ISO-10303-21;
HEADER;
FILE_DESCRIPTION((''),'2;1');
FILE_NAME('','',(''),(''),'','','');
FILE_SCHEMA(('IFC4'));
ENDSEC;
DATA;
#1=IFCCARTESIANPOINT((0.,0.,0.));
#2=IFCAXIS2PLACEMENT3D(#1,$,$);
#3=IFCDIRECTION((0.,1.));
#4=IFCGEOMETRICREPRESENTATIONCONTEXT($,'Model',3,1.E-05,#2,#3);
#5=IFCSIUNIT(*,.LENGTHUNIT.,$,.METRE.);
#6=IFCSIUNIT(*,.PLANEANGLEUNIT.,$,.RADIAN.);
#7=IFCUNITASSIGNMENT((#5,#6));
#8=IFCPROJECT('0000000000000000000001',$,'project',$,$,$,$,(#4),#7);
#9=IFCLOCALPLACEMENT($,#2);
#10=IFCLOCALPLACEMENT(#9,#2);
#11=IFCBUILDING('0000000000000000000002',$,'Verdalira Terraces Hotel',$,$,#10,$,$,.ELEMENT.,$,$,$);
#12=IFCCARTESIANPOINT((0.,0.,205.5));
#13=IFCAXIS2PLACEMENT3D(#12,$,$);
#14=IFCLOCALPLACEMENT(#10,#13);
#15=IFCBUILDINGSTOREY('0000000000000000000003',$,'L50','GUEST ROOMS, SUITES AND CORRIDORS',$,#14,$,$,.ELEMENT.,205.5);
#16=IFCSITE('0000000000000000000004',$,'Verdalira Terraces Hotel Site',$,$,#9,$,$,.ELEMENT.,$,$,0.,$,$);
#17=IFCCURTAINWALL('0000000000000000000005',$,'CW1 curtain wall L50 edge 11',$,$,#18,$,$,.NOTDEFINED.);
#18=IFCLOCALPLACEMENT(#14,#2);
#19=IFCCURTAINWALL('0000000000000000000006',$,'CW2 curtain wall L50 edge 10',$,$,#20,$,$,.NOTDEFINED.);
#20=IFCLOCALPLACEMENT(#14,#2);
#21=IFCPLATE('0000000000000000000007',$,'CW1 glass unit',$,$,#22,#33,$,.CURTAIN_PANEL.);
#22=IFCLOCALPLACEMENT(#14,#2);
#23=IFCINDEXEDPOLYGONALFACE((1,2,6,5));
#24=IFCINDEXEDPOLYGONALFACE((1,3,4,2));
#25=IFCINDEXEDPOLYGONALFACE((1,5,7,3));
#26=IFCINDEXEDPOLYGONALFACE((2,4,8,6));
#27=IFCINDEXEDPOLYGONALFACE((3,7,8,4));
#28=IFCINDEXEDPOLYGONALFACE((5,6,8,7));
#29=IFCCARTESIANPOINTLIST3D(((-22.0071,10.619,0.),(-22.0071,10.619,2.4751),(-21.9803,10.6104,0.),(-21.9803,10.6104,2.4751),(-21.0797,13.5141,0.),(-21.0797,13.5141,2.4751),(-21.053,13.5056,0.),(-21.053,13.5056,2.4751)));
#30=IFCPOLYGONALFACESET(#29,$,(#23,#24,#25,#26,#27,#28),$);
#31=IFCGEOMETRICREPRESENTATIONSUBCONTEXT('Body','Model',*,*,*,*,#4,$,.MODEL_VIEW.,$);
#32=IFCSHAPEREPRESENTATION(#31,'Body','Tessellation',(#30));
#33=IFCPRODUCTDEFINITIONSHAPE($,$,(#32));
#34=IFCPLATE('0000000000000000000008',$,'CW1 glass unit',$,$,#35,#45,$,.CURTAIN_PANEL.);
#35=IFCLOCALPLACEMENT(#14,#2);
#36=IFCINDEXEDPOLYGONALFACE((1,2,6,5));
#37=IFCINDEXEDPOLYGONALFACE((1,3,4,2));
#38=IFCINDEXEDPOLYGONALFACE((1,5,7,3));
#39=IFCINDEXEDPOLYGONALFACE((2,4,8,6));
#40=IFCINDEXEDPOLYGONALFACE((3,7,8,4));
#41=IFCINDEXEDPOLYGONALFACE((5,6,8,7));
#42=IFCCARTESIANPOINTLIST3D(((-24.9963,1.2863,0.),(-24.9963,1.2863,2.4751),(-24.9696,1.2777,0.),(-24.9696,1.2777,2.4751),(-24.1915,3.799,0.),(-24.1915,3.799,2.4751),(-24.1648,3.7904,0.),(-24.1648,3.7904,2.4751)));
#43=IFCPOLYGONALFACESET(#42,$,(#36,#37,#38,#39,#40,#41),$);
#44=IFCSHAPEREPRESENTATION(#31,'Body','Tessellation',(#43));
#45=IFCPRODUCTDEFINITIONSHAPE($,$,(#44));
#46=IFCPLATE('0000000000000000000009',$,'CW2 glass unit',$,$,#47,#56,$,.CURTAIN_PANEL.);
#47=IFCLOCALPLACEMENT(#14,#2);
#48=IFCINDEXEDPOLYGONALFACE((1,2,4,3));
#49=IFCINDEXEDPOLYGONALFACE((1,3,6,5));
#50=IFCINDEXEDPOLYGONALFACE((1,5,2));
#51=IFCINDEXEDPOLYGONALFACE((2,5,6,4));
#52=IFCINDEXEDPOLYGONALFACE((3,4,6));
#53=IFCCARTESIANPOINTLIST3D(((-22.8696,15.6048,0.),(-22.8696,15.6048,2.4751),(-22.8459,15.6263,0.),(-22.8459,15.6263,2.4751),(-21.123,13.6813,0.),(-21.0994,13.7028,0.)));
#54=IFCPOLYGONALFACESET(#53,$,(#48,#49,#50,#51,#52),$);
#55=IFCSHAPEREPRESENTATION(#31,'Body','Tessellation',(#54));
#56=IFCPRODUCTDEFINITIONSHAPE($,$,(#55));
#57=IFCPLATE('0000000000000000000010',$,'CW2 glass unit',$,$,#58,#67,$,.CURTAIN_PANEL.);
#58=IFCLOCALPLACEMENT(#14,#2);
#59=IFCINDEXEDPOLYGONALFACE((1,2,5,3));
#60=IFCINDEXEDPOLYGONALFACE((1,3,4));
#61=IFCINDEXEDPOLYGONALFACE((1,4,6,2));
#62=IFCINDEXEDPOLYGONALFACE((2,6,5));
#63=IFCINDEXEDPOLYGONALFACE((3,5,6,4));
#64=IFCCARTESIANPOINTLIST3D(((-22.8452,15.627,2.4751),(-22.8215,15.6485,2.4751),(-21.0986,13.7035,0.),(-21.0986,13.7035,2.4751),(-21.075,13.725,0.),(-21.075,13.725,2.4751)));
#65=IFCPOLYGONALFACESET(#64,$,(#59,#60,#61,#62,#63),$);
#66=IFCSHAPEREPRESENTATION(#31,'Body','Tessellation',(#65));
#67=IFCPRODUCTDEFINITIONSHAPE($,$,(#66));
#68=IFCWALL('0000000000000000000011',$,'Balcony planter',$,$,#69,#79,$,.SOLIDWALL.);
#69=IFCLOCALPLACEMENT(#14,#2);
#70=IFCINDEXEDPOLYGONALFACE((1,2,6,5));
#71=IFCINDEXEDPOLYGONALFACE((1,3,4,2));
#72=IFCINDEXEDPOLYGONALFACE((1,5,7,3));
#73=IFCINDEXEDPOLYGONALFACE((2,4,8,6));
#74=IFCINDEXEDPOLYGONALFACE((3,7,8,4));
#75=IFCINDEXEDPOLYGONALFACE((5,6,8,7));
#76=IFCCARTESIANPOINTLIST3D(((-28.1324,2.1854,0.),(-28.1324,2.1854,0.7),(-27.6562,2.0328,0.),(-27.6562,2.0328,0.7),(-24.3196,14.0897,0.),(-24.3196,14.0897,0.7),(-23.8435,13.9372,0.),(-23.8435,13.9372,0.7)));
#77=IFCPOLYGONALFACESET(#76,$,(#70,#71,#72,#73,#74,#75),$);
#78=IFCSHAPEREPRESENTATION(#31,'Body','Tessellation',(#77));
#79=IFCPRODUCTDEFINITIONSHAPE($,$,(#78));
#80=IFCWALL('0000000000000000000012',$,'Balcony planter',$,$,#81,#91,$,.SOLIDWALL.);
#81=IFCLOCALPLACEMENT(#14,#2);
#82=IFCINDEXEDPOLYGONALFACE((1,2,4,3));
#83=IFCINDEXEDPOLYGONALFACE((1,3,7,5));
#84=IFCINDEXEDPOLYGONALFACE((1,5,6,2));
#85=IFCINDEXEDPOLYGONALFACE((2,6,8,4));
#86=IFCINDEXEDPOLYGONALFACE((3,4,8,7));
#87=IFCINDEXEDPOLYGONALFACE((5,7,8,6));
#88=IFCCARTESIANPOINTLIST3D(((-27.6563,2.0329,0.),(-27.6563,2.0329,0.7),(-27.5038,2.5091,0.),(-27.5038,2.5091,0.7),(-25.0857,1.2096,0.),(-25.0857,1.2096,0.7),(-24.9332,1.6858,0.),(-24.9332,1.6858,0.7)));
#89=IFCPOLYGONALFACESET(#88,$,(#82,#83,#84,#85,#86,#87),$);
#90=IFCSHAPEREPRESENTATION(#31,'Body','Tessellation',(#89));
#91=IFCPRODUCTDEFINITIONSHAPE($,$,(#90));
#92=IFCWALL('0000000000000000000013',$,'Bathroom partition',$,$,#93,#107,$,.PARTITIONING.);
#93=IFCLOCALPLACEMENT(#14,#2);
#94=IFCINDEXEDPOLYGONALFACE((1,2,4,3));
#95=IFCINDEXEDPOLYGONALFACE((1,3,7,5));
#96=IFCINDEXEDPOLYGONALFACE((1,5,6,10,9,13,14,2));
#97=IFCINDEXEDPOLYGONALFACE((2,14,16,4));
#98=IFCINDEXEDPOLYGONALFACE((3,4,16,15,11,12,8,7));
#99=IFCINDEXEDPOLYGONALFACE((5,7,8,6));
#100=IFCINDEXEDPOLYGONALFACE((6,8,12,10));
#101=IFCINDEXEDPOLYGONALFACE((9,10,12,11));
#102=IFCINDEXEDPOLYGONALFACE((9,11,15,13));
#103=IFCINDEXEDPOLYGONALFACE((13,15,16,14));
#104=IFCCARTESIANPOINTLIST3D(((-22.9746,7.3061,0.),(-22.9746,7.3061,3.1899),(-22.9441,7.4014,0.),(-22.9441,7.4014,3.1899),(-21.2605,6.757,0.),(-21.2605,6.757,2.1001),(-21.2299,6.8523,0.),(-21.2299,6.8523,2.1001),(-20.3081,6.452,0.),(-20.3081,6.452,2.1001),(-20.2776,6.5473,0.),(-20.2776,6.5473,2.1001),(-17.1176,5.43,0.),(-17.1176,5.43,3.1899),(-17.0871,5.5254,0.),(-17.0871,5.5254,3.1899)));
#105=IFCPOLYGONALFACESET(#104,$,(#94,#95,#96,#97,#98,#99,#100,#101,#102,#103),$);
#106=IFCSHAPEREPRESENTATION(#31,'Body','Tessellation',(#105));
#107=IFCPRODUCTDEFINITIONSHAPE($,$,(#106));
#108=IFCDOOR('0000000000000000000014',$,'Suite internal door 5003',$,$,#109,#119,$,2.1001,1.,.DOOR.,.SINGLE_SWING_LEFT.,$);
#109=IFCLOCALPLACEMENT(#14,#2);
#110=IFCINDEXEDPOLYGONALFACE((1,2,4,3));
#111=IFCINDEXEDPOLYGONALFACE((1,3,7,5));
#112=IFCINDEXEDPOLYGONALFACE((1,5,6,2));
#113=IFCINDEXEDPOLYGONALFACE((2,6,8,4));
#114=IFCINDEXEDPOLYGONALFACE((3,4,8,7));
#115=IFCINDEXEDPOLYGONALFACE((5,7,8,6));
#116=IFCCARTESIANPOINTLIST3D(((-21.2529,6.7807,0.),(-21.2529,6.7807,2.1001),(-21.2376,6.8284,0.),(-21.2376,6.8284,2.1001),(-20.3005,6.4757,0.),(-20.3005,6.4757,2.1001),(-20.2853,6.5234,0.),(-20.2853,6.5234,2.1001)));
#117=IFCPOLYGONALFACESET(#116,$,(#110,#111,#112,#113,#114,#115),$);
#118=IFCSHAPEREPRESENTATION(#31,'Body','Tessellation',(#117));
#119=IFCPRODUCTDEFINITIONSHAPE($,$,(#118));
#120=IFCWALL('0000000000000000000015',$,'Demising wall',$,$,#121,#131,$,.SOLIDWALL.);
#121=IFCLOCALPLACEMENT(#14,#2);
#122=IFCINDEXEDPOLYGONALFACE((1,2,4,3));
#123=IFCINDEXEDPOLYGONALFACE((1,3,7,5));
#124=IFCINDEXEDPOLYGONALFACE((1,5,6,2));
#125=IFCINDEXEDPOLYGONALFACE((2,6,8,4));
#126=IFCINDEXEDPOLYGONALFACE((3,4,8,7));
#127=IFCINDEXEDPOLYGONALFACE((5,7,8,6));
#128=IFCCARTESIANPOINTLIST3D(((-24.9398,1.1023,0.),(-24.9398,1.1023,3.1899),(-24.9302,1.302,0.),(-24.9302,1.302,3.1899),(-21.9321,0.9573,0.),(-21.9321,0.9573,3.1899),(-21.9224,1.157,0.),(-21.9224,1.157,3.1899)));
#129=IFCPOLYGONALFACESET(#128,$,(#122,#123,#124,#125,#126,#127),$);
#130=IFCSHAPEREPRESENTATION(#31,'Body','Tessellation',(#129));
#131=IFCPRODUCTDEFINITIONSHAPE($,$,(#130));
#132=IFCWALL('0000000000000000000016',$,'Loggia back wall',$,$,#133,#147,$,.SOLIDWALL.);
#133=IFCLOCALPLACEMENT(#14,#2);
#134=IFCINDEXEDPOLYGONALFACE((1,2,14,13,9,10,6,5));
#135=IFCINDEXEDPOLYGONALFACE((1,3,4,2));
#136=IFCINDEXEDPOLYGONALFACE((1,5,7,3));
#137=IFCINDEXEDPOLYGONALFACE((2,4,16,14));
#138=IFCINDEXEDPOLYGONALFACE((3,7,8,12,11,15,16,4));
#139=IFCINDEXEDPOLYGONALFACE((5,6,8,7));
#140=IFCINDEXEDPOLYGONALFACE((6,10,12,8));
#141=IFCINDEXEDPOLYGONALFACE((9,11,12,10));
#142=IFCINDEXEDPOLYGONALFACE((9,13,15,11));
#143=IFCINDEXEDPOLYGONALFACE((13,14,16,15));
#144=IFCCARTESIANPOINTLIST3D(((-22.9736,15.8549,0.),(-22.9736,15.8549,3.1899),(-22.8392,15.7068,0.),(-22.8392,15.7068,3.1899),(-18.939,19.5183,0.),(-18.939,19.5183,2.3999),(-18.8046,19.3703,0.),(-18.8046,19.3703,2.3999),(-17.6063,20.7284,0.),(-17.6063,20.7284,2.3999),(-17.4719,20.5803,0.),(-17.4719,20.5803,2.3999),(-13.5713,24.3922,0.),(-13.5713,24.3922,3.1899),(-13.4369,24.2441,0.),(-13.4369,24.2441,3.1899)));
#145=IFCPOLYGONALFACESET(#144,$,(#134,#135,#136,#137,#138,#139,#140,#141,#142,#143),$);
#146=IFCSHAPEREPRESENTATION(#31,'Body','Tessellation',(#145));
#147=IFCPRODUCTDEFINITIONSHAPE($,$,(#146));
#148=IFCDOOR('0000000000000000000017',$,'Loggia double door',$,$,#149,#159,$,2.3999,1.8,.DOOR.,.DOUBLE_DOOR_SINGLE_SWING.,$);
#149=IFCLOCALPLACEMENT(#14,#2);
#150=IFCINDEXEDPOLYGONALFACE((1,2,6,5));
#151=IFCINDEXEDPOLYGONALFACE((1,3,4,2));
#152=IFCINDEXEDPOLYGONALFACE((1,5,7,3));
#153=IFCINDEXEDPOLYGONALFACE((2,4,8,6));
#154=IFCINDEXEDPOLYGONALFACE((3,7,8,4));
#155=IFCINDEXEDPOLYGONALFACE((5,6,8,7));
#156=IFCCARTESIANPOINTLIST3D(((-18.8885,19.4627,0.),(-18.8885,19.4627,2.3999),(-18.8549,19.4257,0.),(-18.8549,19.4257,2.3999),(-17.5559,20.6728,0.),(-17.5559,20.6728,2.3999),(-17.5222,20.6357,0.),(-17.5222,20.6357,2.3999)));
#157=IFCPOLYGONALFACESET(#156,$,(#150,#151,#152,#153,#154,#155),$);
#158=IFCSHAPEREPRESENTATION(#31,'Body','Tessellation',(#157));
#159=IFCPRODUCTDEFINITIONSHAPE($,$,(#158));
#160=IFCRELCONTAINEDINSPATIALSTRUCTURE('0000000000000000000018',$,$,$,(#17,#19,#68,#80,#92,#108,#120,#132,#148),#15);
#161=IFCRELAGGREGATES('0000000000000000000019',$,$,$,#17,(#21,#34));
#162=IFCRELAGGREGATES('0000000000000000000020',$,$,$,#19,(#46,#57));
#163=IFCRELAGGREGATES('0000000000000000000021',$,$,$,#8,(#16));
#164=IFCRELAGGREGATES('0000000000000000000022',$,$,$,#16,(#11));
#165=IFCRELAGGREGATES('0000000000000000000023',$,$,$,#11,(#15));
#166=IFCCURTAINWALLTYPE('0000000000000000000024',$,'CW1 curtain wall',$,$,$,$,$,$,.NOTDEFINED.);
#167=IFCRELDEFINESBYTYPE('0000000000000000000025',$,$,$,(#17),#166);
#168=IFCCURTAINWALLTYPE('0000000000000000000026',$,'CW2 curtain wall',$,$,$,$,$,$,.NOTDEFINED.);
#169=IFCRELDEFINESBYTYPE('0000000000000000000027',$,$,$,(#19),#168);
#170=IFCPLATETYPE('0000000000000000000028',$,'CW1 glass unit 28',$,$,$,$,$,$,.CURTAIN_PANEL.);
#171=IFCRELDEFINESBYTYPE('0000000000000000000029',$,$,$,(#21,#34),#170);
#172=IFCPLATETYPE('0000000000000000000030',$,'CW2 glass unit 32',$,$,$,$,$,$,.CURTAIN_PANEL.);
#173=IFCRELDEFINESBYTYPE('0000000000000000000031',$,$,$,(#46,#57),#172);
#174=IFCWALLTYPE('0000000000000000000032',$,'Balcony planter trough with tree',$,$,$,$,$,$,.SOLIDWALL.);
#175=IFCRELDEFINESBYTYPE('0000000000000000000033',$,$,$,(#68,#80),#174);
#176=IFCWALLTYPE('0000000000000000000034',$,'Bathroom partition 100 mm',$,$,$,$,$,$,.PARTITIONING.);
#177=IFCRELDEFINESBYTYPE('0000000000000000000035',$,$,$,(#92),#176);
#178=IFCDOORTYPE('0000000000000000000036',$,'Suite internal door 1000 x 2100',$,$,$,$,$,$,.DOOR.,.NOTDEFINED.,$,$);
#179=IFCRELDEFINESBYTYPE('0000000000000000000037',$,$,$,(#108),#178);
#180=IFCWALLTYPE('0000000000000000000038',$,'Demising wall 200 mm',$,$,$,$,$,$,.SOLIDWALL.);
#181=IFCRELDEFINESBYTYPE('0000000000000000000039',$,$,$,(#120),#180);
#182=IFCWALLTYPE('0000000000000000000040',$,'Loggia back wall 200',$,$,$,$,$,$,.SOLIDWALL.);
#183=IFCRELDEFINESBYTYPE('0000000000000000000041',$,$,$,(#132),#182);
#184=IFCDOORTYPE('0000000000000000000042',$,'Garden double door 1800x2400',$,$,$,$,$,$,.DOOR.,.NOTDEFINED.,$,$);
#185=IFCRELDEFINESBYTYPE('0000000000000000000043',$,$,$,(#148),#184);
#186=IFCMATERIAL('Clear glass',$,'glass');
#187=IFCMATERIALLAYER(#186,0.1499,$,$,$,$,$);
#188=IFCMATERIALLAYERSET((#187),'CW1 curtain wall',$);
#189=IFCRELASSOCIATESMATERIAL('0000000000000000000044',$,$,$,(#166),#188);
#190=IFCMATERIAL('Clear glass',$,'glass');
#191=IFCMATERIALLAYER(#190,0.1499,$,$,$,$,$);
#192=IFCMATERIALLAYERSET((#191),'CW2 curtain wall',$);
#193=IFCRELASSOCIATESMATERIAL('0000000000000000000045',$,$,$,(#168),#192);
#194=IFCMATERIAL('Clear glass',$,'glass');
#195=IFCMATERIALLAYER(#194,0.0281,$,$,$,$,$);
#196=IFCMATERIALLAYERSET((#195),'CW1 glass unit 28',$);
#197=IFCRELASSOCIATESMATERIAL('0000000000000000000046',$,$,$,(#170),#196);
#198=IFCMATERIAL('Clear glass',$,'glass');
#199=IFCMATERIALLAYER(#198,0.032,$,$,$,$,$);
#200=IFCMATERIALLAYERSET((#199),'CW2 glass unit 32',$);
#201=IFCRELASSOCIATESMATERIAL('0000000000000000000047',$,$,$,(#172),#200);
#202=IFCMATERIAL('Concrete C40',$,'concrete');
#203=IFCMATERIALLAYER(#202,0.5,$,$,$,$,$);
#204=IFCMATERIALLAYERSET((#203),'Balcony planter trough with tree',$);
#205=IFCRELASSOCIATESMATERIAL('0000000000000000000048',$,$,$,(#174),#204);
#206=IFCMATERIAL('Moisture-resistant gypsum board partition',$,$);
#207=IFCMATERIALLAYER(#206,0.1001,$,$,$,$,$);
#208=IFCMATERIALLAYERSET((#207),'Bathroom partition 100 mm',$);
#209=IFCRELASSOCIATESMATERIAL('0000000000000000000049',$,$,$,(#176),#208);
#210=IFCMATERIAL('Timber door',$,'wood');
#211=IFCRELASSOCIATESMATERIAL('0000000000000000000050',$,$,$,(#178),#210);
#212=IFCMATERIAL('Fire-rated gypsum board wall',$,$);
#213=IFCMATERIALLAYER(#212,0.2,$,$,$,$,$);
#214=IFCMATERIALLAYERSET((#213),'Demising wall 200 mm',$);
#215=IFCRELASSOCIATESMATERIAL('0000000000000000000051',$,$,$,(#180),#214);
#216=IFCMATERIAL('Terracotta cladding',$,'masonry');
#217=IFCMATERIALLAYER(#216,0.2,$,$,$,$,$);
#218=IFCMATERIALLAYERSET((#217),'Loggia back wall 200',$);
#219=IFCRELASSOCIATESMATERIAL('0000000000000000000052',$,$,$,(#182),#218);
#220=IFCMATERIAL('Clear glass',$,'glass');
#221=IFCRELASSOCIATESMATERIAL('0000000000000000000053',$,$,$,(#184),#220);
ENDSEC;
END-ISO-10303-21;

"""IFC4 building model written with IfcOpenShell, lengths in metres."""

from ifc_helpers import new_model, si_unit, direction, frame, frame_2d, origin, origin_2d, place, context, subcontext, project, spatial, polyline, rectangle, outline, extrude, material, layer, layer_set, type_object, element, fill, aggregate, save


model = new_model("IFC4")

# Units and contexts
model_context = context("Model", 3, precision=1e-05, world=origin(), true_north=direction((0.0, 1.0)))
body_context = subcontext(model_context, "Body", "Model", "MODEL_VIEW")
ifc_project = project(units=[si_unit("LENGTHUNIT", "METRE"), si_unit("PLANEANGLEUNIT", "RADIAN")], contexts=[model_context])

# Site, building, storey
site_placement = place(None, origin())
site = spatial("IfcSite", under=ifc_project, at=site_placement, Name="Verdalira Terraces Hotel Site", CompositionType="ELEMENT", RefElevation=0.0)
building_placement = place(site_placement, origin())
building = spatial("IfcBuilding", under=site, at=building_placement, Name="Verdalira Terraces Hotel", CompositionType="ELEMENT")
storey_placement = place(building_placement, frame((0.0, 0.0, 205.5)))
storey = spatial("IfcBuildingStorey", under=building, at=storey_placement, Name="L50", Description="GUEST ROOMS, SUITES AND CORRIDORS", CompositionType="ELEMENT", Elevation=205.5)

# Curtain wall
ifc_material_1 = material(Name="Clear glass", Category="glass")
ifc_layer_1 = layer(ifc_material_1, 0.1499)
ifc_layer_set_1 = layer_set([ifc_layer_1], Name="CW1 curtain wall")
curtain_wall_type_1 = type_object("IfcCurtainWallType", Name="CW1 curtain wall", PredefinedType="NOTDEFINED", material=ifc_layer_set_1)
curtain_wall_1_placement = place(storey_placement, origin())
curtain_wall_1 = element("IfcCurtainWall", 1, at=curtain_wall_1_placement, inside=storey, type_object=curtain_wall_type_1, Name="CW1 curtain wall L50 edge 11", PredefinedType="NOTDEFINED")

# Curtain wall
ifc_material_2 = material(Name="Clear glass", Category="glass")
ifc_layer_2 = layer(ifc_material_2, 0.1499)
ifc_layer_set_2 = layer_set([ifc_layer_2], Name="CW2 curtain wall")
curtain_wall_type_2 = type_object("IfcCurtainWallType", Name="CW2 curtain wall", PredefinedType="NOTDEFINED", material=ifc_layer_set_2)
curtain_wall_2_placement = place(storey_placement, origin())
curtain_wall_2 = element("IfcCurtainWall", 2, at=curtain_wall_2_placement, inside=storey, type_object=curtain_wall_type_2, Name="CW2 curtain wall L50 edge 10", PredefinedType="NOTDEFINED")

# Plates
ifc_material_3 = material(Name="Clear glass", Category="glass")
ifc_layer_3 = layer(ifc_material_3, 0.0281)
ifc_layer_set_3 = layer_set([ifc_layer_3], Name="CW1 glass unit 28")
plate_type_1 = type_object("IfcPlateType", Name="CW1 glass unit 28", PredefinedType="CURTAIN_PANEL", material=ifc_layer_set_3)
plate_1_placement = place(storey_placement, frame((-21.53, 12.0623, 0.0), z_axis=(0.0, 0.0, 1.0), x_axis=(-0.305031, -0.952343, 0.0)))
plate_1 = element("IfcPlate", 3, at=plate_1_placement, type_object=plate_type_1, Name="CW1 glass unit", PredefinedType="CURTAIN_PANEL", context=body_context, shape_type="SweptSolid", body=[
    extrude(rectangle(XDim=3.04, YDim=0.0281, at=origin_2d()), origin(), (0.0, 0.0, 1.0), 2.4751),
])
plate_2_placement = place(storey_placement, frame((-24.5806, 2.5383, 0.0), z_axis=(0.0, 0.0, 1.0), x_axis=(-0.305031, -0.952343, 0.0)))
plate_2 = element("IfcPlate", 4, at=plate_2_placement, type_object=plate_type_1, Name="CW1 glass unit", PredefinedType="CURTAIN_PANEL", context=body_context, shape_type="SweptSolid", body=[
    extrude(rectangle(XDim=2.6384, YDim=0.0281, at=origin_2d()), origin(), (0.0, 0.0, 1.0), 2.4751),
])
aggregate(curtain_wall_1, [plate_1, plate_2])
ifc_material_4 = material(Name="Clear glass", Category="glass")
ifc_layer_4 = layer(ifc_material_4, 0.032)
ifc_layer_set_4 = layer_set([ifc_layer_4], Name="CW2 glass unit 32")
plate_type_2 = type_object("IfcPlateType", Name="CW2 glass unit 32", PredefinedType="CURTAIN_PANEL", material=ifc_layer_set_4)
plate_3_placement = place(storey_placement, frame((-21.9727, 14.6646, 1.2375), z_axis=(-0.740335, -0.672238, 0.0), x_axis=(0.672238, -0.740335, 0.0)))
plate_3 = element("IfcPlate", 5, at=plate_3_placement, type_object=plate_type_2, Name="CW2 glass unit", PredefinedType="CURTAIN_PANEL", context=body_context, shape_type="SweptSolid", body=[
    extrude(outline(polyline([(-1.2991, -1.2375), (1.2991, -1.2375), (-1.2991, 1.2375), (-1.2991, -1.2375)])), origin(), (0.0, 0.0, 1.0), 0.032),
])
plate_4_placement = place(storey_placement, frame((-21.9482, 14.6868, 1.2375), z_axis=(-0.740335, -0.672238, 0.0), x_axis=(0.672238, -0.740335, 0.0)))
plate_4 = element("IfcPlate", 6, at=plate_4_placement, type_object=plate_type_2, Name="CW2 glass unit", PredefinedType="CURTAIN_PANEL", context=body_context, shape_type="SweptSolid", body=[
    extrude(outline(polyline([(1.2991, -1.2375), (1.2991, 1.2375), (-1.2991, 1.2375), (1.2991, -1.2375)])), origin(), (0.0, 0.0, 1.0), 0.032),
])
aggregate(curtain_wall_2, [plate_3, plate_4])

# Walls
ifc_material_5 = material(Name="Concrete C40", Category="concrete")
ifc_layer_5 = layer(ifc_material_5, 0.5)
ifc_layer_set_5 = layer_set([ifc_layer_5], Name="Balcony planter trough with tree")
wall_type_1 = type_object("IfcWallType", Name="Balcony planter trough with tree", PredefinedType="SOLIDWALL", material=ifc_layer_set_5)
wall_1_placement = place(storey_placement, frame((-24.0815, 14.0134, 0.0), z_axis=(0.0, 0.0, 1.0), x_axis=(-0.30502, -0.952346, 0.0)))
element("IfcWall", 7, at=wall_1_placement, inside=storey, type_object=wall_type_1, Name="Balcony planter", PredefinedType="SOLIDWALL", context=body_context, shape_type="SweptSolid", body=[
    extrude(rectangle(XDim=12.5, YDim=0.5, at=frame_2d((6.25, 0.0))), origin(), (0.0, 0.0, 1.0), 0.7),
])
wall_2_placement = place(storey_placement, frame((-27.5801, 2.271, 0.0), z_axis=(0.0, 0.0, 1.0), x_axis=(0.952353, -0.304999, 0.0)))
element("IfcWall", 8, at=wall_2_placement, inside=storey, type_object=wall_type_1, Name="Balcony planter", PredefinedType="SOLIDWALL", context=body_context, shape_type="SweptSolid", body=[
    extrude(rectangle(XDim=2.6992, YDim=0.5, at=frame_2d((1.3496, 0.0))), origin(), (0.0, 0.0, 1.0), 0.7),
])

# Wall, opening, door
ifc_material_6 = material(Name="Moisture-resistant gypsum board partition")
ifc_layer_6 = layer(ifc_material_6, 0.1001)
ifc_layer_set_6 = layer_set([ifc_layer_6], Name="Bathroom partition 100 mm")
wall_type_2 = type_object("IfcWallType", Name="Bathroom partition 100 mm", PredefinedType="PARTITIONING", material=ifc_layer_set_6)
wall_3_placement = place(storey_placement, frame((-22.9595, 7.3538, 0.0), z_axis=(0.0, 0.0, 1.0), x_axis=(0.952341, -0.305035, 0.0)))
wall_3 = element("IfcWall", 9, at=wall_3_placement, inside=storey, type_object=wall_type_2, Name="Bathroom partition", PredefinedType="PARTITIONING", context=body_context, shape_type="SweptSolid", body=[
    extrude(rectangle(XDim=6.1501, YDim=0.1001, at=frame_2d((3.0752, 0.0))), origin(), (0.0, 0.0, 1.0), 3.1899),
])
opening_1_placement = place(wall_3_placement, frame((1.8, 0.0, 0.0)))
opening_1 = element("IfcOpeningElement", 10, at=opening_1_placement, cuts=wall_3, PredefinedType="OPENING", context=body_context, shape_type="SweptSolid", body=[
    extrude(rectangle(XDim=1.0, YDim=2.1001, at=frame_2d((0.5, 1.05))), frame((0.0, 0.0601, 0.0), z_axis=(0.0, -1.0, 0.0), x_axis=(1.0, 0.0, 0.0)), (0.0, 0.0, 1.0), 0.1201),
])
ifc_material_7 = material(Name="Timber door", Category="wood")
door_type_1 = type_object("IfcDoorType", Name="Suite internal door 1000 x 2100", OperationType="NOTDEFINED", PredefinedType="DOOR", material=ifc_material_7)
door_1_placement = place(opening_1_placement, origin())
door_1 = element("IfcDoor", 11, at=door_1_placement, inside=storey, type_object=door_type_1, Name="Suite internal door 5003", OperationType="SINGLE_SWING_LEFT", OverallHeight=2.1001, OverallWidth=1.0, PredefinedType="DOOR", context=body_context, shape_type="SweptSolid", body=[
    extrude(rectangle(XDim=1.0, YDim=2.1001, at=frame_2d((0.5, 1.05))), frame((0.0, 0.0249, 0.0), z_axis=(0.0, -1.0, 0.0), x_axis=(1.0, 0.0, 0.0)), (0.0, 0.0, 1.0), 0.05),
])
fill(opening_1, door_1)

# Wall
ifc_material_8 = material(Name="Fire-rated gypsum board wall")
ifc_layer_7 = layer(ifc_material_8, 0.2)
ifc_layer_set_7 = layer_set([ifc_layer_7], Name="Demising wall 200 mm")
wall_type_3 = type_object("IfcWallType", Name="Demising wall 200 mm", PredefinedType="SOLIDWALL", material=ifc_layer_set_7)
wall_4_placement = place(storey_placement, frame((-21.9272, 1.0571, 0.0), z_axis=(0.0, 0.0, 1.0), x_axis=(-0.99884, 0.048158, 0.0)))
element("IfcWall", 12, at=wall_4_placement, inside=storey, type_object=wall_type_3, Name="Demising wall", PredefinedType="SOLIDWALL", context=body_context, shape_type="SweptSolid", body=[
    extrude(rectangle(XDim=3.0112, YDim=0.2, at=frame_2d((1.5056, 0.0))), origin(), (0.0, 0.0, 1.0), 3.1899),
])

# Wall, opening, door
ifc_material_9 = material(Name="Terracotta cladding", Category="masonry")
ifc_layer_8 = layer(ifc_material_9, 0.2)
ifc_layer_set_8 = layer_set([ifc_layer_8], Name="Loggia back wall 200")
wall_type_4 = type_object("IfcWallType", Name="Loggia back wall 200", PredefinedType="SOLIDWALL", material=ifc_layer_set_8)
wall_5_placement = place(storey_placement, frame((-22.9065, 15.7808, 0.0), z_axis=(0.0, 0.0, 1.0), x_axis=(0.740341, 0.672232, 0.0)))
wall_5 = element("IfcWall", 13, at=wall_5_placement, inside=storey, type_object=wall_type_4, Name="Loggia back wall", PredefinedType="SOLIDWALL", context=body_context, shape_type="SweptSolid", body=[
    extrude(rectangle(XDim=12.7, YDim=0.2, at=frame_2d((6.3501, 0.0))), origin(), (0.0, 0.0, 1.0), 3.1899),
])
opening_2_placement = place(wall_5_placement, frame((5.45, 0.0, 0.0)))
opening_2 = element("IfcOpeningElement", 14, at=opening_2_placement, cuts=wall_5, PredefinedType="OPENING", context=body_context, shape_type="SweptSolid", body=[
    extrude(rectangle(XDim=1.8, YDim=2.3999, at=frame_2d((0.8999, 1.2))), frame((0.0, 0.1099, 0.0), z_axis=(0.0, -1.0, 0.0), x_axis=(1.0, 0.0, 0.0)), (0.0, 0.0, 1.0), 0.22),
])
ifc_material_10 = material(Name="Clear glass", Category="glass")
door_type_2 = type_object("IfcDoorType", Name="Garden double door 1800x2400", OperationType="NOTDEFINED", PredefinedType="DOOR", material=ifc_material_10)
door_2_placement = place(opening_2_placement, origin())
door_2 = element("IfcDoor", 15, at=door_2_placement, inside=storey, type_object=door_type_2, Name="Loggia double door", OperationType="DOUBLE_DOOR_SINGLE_SWING", OverallHeight=2.3999, OverallWidth=1.8, PredefinedType="DOOR", context=body_context, shape_type="SweptSolid", body=[
    extrude(rectangle(XDim=1.8, YDim=2.3999, at=frame_2d((0.8999, 1.2))), frame((0.0, 0.0249, 0.0), z_axis=(0.0, -1.0, 0.0), x_axis=(1.0, 0.0, 0.0)), (0.0, 0.0, 1.0), 0.05),
])
fill(opening_2, door_2)

save(model, "model.ifc")
